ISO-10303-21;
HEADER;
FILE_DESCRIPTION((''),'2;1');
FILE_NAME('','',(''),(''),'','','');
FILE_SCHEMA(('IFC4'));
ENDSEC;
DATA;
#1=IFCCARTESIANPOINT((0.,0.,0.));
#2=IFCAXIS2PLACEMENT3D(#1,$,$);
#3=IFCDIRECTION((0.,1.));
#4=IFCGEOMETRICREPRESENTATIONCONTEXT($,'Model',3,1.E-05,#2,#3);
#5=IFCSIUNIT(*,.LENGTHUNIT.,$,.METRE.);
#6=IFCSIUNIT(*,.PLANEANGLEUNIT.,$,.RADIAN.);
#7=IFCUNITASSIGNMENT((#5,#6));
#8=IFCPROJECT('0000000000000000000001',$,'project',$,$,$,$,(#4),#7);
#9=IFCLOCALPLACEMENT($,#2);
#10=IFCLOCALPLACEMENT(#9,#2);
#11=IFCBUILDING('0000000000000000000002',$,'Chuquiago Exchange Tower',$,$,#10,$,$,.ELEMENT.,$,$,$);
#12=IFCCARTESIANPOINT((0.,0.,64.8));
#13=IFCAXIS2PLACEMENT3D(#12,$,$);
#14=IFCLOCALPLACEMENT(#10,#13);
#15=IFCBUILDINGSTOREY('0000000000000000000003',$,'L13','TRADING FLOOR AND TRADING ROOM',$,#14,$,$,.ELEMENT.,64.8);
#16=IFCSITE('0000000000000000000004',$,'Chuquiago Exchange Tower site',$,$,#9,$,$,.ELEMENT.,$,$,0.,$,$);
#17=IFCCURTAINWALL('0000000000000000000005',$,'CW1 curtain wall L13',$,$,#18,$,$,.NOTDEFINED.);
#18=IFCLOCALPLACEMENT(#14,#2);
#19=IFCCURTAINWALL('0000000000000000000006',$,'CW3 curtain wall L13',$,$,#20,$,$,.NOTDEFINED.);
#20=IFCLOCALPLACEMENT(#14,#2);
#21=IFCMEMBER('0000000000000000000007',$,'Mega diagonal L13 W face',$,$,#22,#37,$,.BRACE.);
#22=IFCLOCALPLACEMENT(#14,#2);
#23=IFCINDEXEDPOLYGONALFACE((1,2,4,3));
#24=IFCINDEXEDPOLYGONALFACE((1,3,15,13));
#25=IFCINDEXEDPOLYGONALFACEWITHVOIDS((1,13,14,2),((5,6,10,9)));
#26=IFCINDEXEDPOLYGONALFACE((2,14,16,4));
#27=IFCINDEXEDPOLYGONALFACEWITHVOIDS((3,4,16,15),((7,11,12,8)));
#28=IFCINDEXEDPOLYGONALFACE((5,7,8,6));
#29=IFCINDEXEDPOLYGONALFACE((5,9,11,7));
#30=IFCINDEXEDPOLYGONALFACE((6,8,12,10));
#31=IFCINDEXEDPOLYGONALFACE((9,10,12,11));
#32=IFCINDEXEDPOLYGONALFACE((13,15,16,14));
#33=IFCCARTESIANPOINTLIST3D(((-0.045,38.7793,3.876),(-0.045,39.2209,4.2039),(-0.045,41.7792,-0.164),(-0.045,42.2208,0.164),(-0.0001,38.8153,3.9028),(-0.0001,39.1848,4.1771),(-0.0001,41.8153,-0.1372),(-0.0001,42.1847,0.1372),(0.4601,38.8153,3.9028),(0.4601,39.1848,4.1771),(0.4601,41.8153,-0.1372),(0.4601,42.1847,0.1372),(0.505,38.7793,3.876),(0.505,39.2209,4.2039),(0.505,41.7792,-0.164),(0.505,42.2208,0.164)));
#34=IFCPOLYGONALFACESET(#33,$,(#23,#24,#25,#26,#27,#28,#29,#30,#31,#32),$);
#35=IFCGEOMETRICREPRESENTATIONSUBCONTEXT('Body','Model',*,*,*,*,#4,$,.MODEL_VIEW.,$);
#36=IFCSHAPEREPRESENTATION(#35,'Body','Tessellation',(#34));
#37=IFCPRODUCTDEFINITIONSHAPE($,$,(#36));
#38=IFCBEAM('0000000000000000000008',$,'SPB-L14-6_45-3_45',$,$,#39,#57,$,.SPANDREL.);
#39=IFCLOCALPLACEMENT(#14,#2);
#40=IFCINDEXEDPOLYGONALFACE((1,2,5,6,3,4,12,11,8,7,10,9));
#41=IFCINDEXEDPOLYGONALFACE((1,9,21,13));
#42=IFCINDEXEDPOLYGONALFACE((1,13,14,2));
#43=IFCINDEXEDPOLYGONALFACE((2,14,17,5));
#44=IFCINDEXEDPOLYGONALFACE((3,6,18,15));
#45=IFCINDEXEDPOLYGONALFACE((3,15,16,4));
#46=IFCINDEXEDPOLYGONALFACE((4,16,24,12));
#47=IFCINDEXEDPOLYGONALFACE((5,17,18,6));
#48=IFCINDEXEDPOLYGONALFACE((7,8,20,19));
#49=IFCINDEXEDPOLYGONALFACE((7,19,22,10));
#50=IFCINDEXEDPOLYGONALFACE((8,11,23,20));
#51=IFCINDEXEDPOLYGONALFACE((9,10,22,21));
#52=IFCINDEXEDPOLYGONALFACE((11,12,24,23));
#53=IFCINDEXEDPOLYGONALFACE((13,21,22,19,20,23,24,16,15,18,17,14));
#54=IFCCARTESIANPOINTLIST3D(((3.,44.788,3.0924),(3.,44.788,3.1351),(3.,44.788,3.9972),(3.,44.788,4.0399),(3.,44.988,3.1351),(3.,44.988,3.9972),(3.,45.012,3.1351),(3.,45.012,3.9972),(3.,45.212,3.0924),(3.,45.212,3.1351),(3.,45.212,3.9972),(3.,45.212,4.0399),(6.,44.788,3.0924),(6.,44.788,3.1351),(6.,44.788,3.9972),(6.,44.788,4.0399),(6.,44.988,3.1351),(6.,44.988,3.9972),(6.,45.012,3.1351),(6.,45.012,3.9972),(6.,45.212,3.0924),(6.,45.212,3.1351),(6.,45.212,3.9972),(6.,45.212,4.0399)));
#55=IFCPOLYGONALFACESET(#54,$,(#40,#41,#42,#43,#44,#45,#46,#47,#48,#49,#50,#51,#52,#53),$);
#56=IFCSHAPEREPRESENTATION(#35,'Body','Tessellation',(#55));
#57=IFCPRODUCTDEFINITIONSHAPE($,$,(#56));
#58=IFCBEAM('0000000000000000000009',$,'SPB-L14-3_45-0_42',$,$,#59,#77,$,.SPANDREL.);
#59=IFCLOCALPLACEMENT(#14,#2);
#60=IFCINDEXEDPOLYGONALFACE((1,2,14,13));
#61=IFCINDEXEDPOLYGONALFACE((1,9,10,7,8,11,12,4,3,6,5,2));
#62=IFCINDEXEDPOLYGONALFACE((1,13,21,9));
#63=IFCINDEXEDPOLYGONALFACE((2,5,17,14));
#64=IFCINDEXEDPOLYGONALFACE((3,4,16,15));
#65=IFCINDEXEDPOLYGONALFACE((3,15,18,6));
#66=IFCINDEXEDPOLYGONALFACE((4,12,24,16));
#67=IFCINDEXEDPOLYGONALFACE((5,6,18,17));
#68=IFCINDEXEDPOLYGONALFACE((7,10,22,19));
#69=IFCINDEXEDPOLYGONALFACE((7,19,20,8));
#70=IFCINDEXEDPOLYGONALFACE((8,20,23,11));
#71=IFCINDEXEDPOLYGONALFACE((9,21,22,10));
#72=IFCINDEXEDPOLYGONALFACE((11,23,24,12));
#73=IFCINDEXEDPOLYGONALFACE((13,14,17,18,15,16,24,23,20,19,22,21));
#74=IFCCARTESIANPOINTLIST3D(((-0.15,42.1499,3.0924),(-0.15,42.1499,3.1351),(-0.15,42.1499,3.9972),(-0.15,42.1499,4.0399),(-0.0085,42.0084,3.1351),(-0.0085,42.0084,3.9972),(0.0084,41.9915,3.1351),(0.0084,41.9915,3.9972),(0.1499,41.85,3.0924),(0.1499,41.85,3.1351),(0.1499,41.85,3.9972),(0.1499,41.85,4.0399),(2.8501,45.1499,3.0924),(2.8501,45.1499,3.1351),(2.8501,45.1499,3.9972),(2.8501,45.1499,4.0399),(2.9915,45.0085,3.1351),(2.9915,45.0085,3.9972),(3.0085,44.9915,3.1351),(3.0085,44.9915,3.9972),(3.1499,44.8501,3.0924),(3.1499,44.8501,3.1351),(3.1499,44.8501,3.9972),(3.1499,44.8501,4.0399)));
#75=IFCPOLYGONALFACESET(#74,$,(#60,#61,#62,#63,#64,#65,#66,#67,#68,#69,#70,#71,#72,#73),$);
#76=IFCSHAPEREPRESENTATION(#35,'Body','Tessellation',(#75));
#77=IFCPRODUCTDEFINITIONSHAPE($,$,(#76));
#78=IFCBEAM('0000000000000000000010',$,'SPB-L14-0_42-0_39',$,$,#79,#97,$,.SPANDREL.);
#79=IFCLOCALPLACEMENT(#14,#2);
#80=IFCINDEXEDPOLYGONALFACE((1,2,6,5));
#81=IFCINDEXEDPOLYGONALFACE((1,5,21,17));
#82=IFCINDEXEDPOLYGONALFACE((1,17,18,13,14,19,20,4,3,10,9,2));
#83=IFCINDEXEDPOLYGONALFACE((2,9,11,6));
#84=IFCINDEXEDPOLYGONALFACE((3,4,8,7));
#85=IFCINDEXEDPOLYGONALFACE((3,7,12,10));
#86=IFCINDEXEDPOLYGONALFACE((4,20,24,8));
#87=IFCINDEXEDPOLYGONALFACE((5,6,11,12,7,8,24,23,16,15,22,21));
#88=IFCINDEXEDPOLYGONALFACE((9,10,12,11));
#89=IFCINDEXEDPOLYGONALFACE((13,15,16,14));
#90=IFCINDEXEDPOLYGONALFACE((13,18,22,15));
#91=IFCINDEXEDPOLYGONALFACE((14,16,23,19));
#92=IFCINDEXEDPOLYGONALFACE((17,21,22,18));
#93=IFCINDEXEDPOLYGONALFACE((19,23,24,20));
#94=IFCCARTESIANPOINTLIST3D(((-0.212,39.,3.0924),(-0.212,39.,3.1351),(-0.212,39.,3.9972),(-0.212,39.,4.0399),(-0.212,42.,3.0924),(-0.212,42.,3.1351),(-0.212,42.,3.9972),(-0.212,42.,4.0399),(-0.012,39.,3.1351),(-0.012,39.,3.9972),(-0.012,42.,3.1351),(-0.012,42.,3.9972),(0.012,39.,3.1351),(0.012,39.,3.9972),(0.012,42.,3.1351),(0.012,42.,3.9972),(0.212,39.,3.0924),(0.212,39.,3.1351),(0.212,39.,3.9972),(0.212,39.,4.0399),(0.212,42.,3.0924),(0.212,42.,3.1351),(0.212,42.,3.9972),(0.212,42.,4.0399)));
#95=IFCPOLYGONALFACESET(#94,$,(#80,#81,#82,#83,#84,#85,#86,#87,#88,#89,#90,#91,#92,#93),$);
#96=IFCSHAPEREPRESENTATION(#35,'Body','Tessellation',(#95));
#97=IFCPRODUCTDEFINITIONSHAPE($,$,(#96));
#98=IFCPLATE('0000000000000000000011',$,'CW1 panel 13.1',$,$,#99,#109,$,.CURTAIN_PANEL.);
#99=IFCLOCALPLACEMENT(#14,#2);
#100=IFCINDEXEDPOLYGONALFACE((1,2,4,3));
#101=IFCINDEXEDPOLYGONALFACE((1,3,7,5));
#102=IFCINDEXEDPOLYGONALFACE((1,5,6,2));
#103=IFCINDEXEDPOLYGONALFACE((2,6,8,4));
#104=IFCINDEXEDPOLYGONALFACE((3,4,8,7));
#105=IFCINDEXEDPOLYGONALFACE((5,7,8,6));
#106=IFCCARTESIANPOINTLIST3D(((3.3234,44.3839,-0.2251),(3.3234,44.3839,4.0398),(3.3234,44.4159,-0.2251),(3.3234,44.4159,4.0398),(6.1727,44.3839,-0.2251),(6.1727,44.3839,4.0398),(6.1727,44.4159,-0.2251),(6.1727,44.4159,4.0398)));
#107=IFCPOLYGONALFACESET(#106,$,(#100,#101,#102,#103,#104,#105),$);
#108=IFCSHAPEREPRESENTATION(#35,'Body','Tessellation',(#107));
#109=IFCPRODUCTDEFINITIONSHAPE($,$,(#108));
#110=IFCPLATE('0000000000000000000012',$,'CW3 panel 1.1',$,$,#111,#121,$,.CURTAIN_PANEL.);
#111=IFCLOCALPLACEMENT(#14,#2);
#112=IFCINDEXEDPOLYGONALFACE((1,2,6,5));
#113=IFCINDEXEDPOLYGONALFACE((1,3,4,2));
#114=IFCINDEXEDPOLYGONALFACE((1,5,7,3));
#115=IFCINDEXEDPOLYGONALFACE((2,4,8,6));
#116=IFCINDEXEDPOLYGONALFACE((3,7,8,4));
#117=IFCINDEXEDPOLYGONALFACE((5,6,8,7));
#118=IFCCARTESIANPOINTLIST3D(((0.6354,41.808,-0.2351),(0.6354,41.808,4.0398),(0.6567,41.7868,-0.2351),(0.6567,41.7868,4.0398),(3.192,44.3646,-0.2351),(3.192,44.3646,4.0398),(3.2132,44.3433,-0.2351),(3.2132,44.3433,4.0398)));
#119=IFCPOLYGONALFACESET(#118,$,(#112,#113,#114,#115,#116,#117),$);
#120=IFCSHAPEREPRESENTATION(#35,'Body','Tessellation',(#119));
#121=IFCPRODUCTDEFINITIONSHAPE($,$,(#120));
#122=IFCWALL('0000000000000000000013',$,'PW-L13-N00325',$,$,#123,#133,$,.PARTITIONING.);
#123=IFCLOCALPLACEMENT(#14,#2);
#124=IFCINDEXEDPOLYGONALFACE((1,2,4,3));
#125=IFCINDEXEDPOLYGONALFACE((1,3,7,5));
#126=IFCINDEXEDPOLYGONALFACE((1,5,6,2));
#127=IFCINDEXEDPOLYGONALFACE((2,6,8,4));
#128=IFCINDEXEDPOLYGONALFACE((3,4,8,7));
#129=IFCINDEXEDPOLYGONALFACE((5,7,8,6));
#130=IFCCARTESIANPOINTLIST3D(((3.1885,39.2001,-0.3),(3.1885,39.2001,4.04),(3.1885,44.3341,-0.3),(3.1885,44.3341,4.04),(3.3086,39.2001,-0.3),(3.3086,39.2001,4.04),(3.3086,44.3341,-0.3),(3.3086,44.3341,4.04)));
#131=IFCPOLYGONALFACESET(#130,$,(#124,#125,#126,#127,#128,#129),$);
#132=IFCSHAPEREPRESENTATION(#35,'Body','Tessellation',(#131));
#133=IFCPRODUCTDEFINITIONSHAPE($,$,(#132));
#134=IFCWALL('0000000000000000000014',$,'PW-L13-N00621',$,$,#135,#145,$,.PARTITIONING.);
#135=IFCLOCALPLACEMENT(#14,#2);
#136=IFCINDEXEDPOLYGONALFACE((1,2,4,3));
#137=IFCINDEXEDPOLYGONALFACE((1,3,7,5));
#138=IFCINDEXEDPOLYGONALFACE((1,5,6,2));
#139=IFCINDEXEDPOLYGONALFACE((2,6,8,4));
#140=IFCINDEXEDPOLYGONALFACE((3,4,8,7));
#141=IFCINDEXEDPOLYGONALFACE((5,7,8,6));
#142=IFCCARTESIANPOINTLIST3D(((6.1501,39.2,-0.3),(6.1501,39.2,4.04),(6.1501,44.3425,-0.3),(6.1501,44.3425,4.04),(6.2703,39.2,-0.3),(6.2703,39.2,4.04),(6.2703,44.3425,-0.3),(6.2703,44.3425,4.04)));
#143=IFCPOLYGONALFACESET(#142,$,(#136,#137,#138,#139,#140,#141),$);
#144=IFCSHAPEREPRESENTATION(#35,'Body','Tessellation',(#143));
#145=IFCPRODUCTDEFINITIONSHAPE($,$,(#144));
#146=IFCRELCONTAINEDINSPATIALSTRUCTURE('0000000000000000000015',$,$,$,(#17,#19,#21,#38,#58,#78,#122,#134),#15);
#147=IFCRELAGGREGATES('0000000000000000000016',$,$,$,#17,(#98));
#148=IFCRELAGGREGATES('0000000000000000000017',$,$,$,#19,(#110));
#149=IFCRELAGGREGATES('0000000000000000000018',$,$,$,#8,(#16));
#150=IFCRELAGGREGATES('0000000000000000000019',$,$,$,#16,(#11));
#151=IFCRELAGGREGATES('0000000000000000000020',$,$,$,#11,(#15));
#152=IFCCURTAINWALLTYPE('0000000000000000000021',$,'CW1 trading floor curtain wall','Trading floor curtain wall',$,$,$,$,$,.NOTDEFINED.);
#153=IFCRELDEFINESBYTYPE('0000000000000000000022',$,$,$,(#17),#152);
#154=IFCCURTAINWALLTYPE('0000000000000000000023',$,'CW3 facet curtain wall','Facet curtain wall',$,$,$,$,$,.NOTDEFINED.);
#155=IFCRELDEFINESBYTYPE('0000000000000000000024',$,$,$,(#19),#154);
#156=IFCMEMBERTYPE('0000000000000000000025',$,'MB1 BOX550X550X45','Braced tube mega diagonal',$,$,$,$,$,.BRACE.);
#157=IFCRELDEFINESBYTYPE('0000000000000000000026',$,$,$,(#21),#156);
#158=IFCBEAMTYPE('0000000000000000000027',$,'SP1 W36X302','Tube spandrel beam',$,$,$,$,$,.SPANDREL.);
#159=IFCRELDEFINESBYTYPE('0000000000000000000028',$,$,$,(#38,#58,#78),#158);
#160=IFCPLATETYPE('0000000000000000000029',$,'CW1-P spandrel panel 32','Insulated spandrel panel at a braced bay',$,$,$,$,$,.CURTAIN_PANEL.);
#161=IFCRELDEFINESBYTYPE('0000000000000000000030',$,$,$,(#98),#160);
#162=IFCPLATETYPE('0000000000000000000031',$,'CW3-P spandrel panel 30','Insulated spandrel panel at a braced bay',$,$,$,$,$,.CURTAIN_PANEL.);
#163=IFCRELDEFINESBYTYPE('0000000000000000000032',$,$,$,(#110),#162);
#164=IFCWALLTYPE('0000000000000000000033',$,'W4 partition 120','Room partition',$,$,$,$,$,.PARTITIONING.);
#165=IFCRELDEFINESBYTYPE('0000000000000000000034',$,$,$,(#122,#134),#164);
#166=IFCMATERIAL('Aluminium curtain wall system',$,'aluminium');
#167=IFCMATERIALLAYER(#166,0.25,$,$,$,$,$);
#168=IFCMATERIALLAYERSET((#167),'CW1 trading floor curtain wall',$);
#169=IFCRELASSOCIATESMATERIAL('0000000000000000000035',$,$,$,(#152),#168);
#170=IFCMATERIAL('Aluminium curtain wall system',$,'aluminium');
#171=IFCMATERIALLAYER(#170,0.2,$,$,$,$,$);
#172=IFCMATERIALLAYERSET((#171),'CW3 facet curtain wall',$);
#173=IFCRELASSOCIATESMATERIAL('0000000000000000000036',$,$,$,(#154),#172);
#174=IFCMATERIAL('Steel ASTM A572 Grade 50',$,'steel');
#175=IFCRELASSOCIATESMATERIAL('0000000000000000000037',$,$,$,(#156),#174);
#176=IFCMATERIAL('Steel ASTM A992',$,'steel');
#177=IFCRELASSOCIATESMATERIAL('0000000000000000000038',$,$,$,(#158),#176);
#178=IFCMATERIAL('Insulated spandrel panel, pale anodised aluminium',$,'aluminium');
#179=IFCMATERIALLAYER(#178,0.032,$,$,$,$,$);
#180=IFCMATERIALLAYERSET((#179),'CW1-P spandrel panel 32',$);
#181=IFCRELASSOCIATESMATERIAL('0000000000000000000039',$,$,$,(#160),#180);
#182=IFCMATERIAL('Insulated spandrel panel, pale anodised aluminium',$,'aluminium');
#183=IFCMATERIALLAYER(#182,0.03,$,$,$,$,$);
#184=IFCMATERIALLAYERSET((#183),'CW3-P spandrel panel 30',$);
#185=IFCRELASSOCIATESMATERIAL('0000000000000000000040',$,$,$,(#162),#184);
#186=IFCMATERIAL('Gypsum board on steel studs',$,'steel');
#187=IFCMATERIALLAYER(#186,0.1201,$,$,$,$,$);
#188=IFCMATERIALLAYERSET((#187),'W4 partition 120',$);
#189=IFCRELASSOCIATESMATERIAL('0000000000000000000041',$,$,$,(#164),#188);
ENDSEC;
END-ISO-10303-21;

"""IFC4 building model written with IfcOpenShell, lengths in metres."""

from ifc_helpers import new_model, si_unit, direction, frame, frame_2d, origin, origin_2d, place, context, subcontext, project, spatial, rectangle, hollow_rectangle, i_section, extrude, material, layer, layer_set, material_profile, profile_set, type_object, element, aggregate, save


model = new_model("IFC4")

# Units and contexts
model_context = context("Model", 3, precision=1e-05, world=origin(), true_north=direction((0.0, 1.0)))
body_context = subcontext(model_context, "Body", "Model", "MODEL_VIEW")
ifc_project = project(units=[si_unit("LENGTHUNIT", "METRE"), si_unit("PLANEANGLEUNIT", "RADIAN")], contexts=[model_context])

# Site, building, storey
site_placement = place(None, origin())
site = spatial("IfcSite", under=ifc_project, at=site_placement, Name="Chuquiago Exchange Tower site", CompositionType="ELEMENT", RefElevation=0.0)
building_placement = place(site_placement, origin())
building = spatial("IfcBuilding", under=site, at=building_placement, Name="Chuquiago Exchange Tower", CompositionType="ELEMENT")
storey_placement = place(building_placement, frame((0.0, 0.0, 64.8)))
storey = spatial("IfcBuildingStorey", under=building, at=storey_placement, Name="L13", Description="TRADING FLOOR AND TRADING ROOM", CompositionType="ELEMENT", Elevation=64.8)

# Curtain walls
ifc_material_1 = material(Name="Aluminium curtain wall system", Category="aluminium")
ifc_layer_1 = layer(ifc_material_1, 0.25)
ifc_layer_set_1 = layer_set([ifc_layer_1], Name="CW1 trading floor curtain wall")
curtain_wall_type_1 = type_object("IfcCurtainWallType", Name="CW1 trading floor curtain wall", Description="Trading floor curtain wall", PredefinedType="NOTDEFINED", material=ifc_layer_set_1)
curtain_wall_1_placement = place(storey_placement, origin())
curtain_wall_1 = element("IfcCurtainWall", 1, at=curtain_wall_1_placement, inside=storey, type_object=curtain_wall_type_1, Name="CW1 curtain wall L13", PredefinedType="NOTDEFINED")
ifc_material_2 = material(Name="Aluminium curtain wall system", Category="aluminium")
ifc_layer_2 = layer(ifc_material_2, 0.2)
ifc_layer_set_2 = layer_set([ifc_layer_2], Name="CW3 facet curtain wall")
curtain_wall_type_2 = type_object("IfcCurtainWallType", Name="CW3 facet curtain wall", Description="Facet curtain wall", PredefinedType="NOTDEFINED", material=ifc_layer_set_2)
curtain_wall_2_placement = place(storey_placement, origin())
curtain_wall_2 = element("IfcCurtainWall", 2, at=curtain_wall_2_placement, inside=storey, type_object=curtain_wall_type_2, Name="CW3 curtain wall L13", PredefinedType="NOTDEFINED")

# Member
ifc_material_3 = material(Name="Steel ASTM A572 Grade 50", Category="steel")
ifc_material_profile_1 = material_profile(ifc_material_3, hollow_rectangle(XDim=0.55, YDim=0.55, WallThickness=0.0449, at=origin_2d()), Name="BOX550X550X45")
ifc_profile_set_1 = profile_set([ifc_material_profile_1], Name="Steel ASTM A572 Grade 50")
member_type_1 = type_object("IfcMemberType", Name="MB1 BOX550X550X45", Description="Braced tube mega diagonal", PredefinedType="BRACE", material=ifc_profile_set_1)
for number, where, z_axis, x_axis, name in (
    (3, (0.23, 42.0, 0.0), (0.0, -0.596174, 0.802855), (1.0, 0.0, 0.0), "Mega diagonal L13 W face"),
):
    element("IfcMember", number, at=place(storey_placement, frame(where, z_axis=z_axis, x_axis=x_axis)), inside=storey, type_object=member_type_1, Name=name, PredefinedType="BRACE", context=body_context, shape_type="SweptSolid", body=[
        extrude(hollow_rectangle(XDim=0.55, YDim=0.55, WallThickness=0.0449, at=origin_2d()), origin(), (0.0, 0.0, 1.0), 5.032),
    ])

# Beams
ifc_material_4 = material(Name="Steel ASTM A992", Category="steel")
ifc_material_profile_2 = material_profile(ifc_material_4, i_section(OverallWidth=0.4241, OverallDepth=0.9475, WebThickness=0.0239, FlangeThickness=0.0427, at=origin_2d()), Name="W36X302")
ifc_profile_set_2 = profile_set([ifc_material_profile_2], Name="Steel ASTM A992")
beam_type = type_object("IfcBeamType", Name="SP1 W36X302", Description="Tube spandrel beam", PredefinedType="SPANDREL", material=ifc_profile_set_2)
beam_1_placement = place(storey_placement, frame((6.0, 45.0, 3.5662), z_axis=(-1.0, 0.0, 0.0), x_axis=(0.0, -1.0, 0.0)))
element("IfcBeam", 4, at=beam_1_placement, inside=storey, type_object=beam_type, Name="SPB-L14-6_45-3_45", PredefinedType="SPANDREL", context=body_context, shape_type="SweptSolid", body=[
    extrude(i_section(OverallWidth=0.4241, OverallDepth=0.9475, WebThickness=0.0239, FlangeThickness=0.0427, at=origin_2d()), origin(), (0.0, 0.0, 1.0), 3.0),
])
beam_2_placement = place(storey_placement, frame((3.0, 45.0, 3.5662), z_axis=(-0.707107, -0.707107, 0.0), x_axis=(0.707107, -0.707107, 0.0)))
element("IfcBeam", 5, at=beam_2_placement, inside=storey, type_object=beam_type, Name="SPB-L14-3_45-0_42", PredefinedType="SPANDREL", context=body_context, shape_type="SweptSolid", body=[
    extrude(i_section(OverallWidth=0.4241, OverallDepth=0.9475, WebThickness=0.0239, FlangeThickness=0.0427, at=origin_2d()), origin(), (0.0, 0.0, 1.0), 4.2427),
])
beam_3_placement = place(storey_placement, frame((0.0, 42.0, 3.5662), z_axis=(0.0, -1.0, 0.0), x_axis=(1.0, 0.0, 0.0)))
element("IfcBeam", 6, at=beam_3_placement, inside=storey, type_object=beam_type, Name="SPB-L14-0_42-0_39", PredefinedType="SPANDREL", context=body_context, shape_type="SweptSolid", body=[
    extrude(i_section(OverallWidth=0.4241, OverallDepth=0.9475, WebThickness=0.0239, FlangeThickness=0.0427, at=origin_2d()), origin(), (0.0, 0.0, 1.0), 3.0),
])

# Plates
ifc_material_5 = material(Name="Insulated spandrel panel, pale anodised aluminium", Category="aluminium")
ifc_layer_3 = layer(ifc_material_5, 0.032)
ifc_layer_set_3 = layer_set([ifc_layer_3], Name="CW1-P spandrel panel 32")
plate_type_1 = type_object("IfcPlateType", Name="CW1-P spandrel panel 32", Description="Insulated spandrel panel at a braced bay", PredefinedType="CURTAIN_PANEL", material=ifc_layer_set_3)
plate_1_placement = place(storey_placement, frame((4.748, 44.3999, -0.2251), z_axis=(0.0, 0.0, 1.0), x_axis=(-1.0, 0.0, 0.0)))
plate_1 = element("IfcPlate", 7, at=plate_1_placement, type_object=plate_type_1, Name="CW1 panel 13.1", PredefinedType="CURTAIN_PANEL", context=body_context, shape_type="SweptSolid", body=[
    extrude(rectangle(XDim=2.8494, YDim=0.032, at=origin_2d()), origin(), (0.0, 0.0, 1.0), 4.2649),
])
aggregate(curtain_wall_1, [plate_1])
ifc_material_6 = material(Name="Insulated spandrel panel, pale anodised aluminium", Category="aluminium")
ifc_layer_4 = layer(ifc_material_6, 0.03)
ifc_layer_set_4 = layer_set([ifc_layer_4], Name="CW3-P spandrel panel 30")
plate_type_2 = type_object("IfcPlateType", Name="CW3-P spandrel panel 30", Description="Insulated spandrel panel at a braced bay", PredefinedType="CURTAIN_PANEL", material=ifc_layer_set_4)
plate_2_placement = place(storey_placement, frame((1.9243, 43.0757, -0.2351), z_axis=(0.0, 0.0, 1.0), x_axis=(-0.707107, -0.707107, 0.0)))
plate_2 = element("IfcPlate", 8, at=plate_2_placement, type_object=plate_type_2, Name="CW3 panel 1.1", PredefinedType="CURTAIN_PANEL", context=body_context, shape_type="SweptSolid", body=[
    extrude(rectangle(XDim=3.6155, YDim=0.03, at=origin_2d()), origin(), (0.0, 0.0, 1.0), 4.2749),
])
aggregate(curtain_wall_2, [plate_2])

# Walls
ifc_material_7 = material(Name="Gypsum board on steel studs", Category="steel")
ifc_layer_5 = layer(ifc_material_7, 0.1201)
ifc_layer_set_5 = layer_set([ifc_layer_5], Name="W4 partition 120")
wall_type = type_object("IfcWallType", Name="W4 partition 120", Description="Room partition", PredefinedType="PARTITIONING", material=ifc_layer_set_5)
wall_1_placement = place(storey_placement, frame((3.2485, 44.334, -0.3), z_axis=(0.0, 0.0, 1.0), x_axis=(0.0, -1.0, 0.0)))
element("IfcWall", 9, at=wall_1_placement, inside=storey, type_object=wall_type, Name="PW-L13-N00325", PredefinedType="PARTITIONING", context=body_context, shape_type="SweptSolid", body=[
    extrude(rectangle(XDim=5.134, YDim=0.1201, at=frame_2d((2.5669, 0.0))), origin(), (0.0, 0.0, 1.0), 4.3401),
])
wall_2_placement = place(storey_placement, frame((6.2102, 44.3425, -0.3), z_axis=(0.0, 0.0, 1.0), x_axis=(0.0, -1.0, 0.0)))
element("IfcWall", 10, at=wall_2_placement, inside=storey, type_object=wall_type, Name="PW-L13-N00621", PredefinedType="PARTITIONING", context=body_context, shape_type="SweptSolid", body=[
    extrude(rectangle(XDim=5.1426, YDim=0.1201, at=frame_2d((2.5713, 0.0))), origin(), (0.0, 0.0, 1.0), 4.3401),
])

save(model, "model.ifc")
